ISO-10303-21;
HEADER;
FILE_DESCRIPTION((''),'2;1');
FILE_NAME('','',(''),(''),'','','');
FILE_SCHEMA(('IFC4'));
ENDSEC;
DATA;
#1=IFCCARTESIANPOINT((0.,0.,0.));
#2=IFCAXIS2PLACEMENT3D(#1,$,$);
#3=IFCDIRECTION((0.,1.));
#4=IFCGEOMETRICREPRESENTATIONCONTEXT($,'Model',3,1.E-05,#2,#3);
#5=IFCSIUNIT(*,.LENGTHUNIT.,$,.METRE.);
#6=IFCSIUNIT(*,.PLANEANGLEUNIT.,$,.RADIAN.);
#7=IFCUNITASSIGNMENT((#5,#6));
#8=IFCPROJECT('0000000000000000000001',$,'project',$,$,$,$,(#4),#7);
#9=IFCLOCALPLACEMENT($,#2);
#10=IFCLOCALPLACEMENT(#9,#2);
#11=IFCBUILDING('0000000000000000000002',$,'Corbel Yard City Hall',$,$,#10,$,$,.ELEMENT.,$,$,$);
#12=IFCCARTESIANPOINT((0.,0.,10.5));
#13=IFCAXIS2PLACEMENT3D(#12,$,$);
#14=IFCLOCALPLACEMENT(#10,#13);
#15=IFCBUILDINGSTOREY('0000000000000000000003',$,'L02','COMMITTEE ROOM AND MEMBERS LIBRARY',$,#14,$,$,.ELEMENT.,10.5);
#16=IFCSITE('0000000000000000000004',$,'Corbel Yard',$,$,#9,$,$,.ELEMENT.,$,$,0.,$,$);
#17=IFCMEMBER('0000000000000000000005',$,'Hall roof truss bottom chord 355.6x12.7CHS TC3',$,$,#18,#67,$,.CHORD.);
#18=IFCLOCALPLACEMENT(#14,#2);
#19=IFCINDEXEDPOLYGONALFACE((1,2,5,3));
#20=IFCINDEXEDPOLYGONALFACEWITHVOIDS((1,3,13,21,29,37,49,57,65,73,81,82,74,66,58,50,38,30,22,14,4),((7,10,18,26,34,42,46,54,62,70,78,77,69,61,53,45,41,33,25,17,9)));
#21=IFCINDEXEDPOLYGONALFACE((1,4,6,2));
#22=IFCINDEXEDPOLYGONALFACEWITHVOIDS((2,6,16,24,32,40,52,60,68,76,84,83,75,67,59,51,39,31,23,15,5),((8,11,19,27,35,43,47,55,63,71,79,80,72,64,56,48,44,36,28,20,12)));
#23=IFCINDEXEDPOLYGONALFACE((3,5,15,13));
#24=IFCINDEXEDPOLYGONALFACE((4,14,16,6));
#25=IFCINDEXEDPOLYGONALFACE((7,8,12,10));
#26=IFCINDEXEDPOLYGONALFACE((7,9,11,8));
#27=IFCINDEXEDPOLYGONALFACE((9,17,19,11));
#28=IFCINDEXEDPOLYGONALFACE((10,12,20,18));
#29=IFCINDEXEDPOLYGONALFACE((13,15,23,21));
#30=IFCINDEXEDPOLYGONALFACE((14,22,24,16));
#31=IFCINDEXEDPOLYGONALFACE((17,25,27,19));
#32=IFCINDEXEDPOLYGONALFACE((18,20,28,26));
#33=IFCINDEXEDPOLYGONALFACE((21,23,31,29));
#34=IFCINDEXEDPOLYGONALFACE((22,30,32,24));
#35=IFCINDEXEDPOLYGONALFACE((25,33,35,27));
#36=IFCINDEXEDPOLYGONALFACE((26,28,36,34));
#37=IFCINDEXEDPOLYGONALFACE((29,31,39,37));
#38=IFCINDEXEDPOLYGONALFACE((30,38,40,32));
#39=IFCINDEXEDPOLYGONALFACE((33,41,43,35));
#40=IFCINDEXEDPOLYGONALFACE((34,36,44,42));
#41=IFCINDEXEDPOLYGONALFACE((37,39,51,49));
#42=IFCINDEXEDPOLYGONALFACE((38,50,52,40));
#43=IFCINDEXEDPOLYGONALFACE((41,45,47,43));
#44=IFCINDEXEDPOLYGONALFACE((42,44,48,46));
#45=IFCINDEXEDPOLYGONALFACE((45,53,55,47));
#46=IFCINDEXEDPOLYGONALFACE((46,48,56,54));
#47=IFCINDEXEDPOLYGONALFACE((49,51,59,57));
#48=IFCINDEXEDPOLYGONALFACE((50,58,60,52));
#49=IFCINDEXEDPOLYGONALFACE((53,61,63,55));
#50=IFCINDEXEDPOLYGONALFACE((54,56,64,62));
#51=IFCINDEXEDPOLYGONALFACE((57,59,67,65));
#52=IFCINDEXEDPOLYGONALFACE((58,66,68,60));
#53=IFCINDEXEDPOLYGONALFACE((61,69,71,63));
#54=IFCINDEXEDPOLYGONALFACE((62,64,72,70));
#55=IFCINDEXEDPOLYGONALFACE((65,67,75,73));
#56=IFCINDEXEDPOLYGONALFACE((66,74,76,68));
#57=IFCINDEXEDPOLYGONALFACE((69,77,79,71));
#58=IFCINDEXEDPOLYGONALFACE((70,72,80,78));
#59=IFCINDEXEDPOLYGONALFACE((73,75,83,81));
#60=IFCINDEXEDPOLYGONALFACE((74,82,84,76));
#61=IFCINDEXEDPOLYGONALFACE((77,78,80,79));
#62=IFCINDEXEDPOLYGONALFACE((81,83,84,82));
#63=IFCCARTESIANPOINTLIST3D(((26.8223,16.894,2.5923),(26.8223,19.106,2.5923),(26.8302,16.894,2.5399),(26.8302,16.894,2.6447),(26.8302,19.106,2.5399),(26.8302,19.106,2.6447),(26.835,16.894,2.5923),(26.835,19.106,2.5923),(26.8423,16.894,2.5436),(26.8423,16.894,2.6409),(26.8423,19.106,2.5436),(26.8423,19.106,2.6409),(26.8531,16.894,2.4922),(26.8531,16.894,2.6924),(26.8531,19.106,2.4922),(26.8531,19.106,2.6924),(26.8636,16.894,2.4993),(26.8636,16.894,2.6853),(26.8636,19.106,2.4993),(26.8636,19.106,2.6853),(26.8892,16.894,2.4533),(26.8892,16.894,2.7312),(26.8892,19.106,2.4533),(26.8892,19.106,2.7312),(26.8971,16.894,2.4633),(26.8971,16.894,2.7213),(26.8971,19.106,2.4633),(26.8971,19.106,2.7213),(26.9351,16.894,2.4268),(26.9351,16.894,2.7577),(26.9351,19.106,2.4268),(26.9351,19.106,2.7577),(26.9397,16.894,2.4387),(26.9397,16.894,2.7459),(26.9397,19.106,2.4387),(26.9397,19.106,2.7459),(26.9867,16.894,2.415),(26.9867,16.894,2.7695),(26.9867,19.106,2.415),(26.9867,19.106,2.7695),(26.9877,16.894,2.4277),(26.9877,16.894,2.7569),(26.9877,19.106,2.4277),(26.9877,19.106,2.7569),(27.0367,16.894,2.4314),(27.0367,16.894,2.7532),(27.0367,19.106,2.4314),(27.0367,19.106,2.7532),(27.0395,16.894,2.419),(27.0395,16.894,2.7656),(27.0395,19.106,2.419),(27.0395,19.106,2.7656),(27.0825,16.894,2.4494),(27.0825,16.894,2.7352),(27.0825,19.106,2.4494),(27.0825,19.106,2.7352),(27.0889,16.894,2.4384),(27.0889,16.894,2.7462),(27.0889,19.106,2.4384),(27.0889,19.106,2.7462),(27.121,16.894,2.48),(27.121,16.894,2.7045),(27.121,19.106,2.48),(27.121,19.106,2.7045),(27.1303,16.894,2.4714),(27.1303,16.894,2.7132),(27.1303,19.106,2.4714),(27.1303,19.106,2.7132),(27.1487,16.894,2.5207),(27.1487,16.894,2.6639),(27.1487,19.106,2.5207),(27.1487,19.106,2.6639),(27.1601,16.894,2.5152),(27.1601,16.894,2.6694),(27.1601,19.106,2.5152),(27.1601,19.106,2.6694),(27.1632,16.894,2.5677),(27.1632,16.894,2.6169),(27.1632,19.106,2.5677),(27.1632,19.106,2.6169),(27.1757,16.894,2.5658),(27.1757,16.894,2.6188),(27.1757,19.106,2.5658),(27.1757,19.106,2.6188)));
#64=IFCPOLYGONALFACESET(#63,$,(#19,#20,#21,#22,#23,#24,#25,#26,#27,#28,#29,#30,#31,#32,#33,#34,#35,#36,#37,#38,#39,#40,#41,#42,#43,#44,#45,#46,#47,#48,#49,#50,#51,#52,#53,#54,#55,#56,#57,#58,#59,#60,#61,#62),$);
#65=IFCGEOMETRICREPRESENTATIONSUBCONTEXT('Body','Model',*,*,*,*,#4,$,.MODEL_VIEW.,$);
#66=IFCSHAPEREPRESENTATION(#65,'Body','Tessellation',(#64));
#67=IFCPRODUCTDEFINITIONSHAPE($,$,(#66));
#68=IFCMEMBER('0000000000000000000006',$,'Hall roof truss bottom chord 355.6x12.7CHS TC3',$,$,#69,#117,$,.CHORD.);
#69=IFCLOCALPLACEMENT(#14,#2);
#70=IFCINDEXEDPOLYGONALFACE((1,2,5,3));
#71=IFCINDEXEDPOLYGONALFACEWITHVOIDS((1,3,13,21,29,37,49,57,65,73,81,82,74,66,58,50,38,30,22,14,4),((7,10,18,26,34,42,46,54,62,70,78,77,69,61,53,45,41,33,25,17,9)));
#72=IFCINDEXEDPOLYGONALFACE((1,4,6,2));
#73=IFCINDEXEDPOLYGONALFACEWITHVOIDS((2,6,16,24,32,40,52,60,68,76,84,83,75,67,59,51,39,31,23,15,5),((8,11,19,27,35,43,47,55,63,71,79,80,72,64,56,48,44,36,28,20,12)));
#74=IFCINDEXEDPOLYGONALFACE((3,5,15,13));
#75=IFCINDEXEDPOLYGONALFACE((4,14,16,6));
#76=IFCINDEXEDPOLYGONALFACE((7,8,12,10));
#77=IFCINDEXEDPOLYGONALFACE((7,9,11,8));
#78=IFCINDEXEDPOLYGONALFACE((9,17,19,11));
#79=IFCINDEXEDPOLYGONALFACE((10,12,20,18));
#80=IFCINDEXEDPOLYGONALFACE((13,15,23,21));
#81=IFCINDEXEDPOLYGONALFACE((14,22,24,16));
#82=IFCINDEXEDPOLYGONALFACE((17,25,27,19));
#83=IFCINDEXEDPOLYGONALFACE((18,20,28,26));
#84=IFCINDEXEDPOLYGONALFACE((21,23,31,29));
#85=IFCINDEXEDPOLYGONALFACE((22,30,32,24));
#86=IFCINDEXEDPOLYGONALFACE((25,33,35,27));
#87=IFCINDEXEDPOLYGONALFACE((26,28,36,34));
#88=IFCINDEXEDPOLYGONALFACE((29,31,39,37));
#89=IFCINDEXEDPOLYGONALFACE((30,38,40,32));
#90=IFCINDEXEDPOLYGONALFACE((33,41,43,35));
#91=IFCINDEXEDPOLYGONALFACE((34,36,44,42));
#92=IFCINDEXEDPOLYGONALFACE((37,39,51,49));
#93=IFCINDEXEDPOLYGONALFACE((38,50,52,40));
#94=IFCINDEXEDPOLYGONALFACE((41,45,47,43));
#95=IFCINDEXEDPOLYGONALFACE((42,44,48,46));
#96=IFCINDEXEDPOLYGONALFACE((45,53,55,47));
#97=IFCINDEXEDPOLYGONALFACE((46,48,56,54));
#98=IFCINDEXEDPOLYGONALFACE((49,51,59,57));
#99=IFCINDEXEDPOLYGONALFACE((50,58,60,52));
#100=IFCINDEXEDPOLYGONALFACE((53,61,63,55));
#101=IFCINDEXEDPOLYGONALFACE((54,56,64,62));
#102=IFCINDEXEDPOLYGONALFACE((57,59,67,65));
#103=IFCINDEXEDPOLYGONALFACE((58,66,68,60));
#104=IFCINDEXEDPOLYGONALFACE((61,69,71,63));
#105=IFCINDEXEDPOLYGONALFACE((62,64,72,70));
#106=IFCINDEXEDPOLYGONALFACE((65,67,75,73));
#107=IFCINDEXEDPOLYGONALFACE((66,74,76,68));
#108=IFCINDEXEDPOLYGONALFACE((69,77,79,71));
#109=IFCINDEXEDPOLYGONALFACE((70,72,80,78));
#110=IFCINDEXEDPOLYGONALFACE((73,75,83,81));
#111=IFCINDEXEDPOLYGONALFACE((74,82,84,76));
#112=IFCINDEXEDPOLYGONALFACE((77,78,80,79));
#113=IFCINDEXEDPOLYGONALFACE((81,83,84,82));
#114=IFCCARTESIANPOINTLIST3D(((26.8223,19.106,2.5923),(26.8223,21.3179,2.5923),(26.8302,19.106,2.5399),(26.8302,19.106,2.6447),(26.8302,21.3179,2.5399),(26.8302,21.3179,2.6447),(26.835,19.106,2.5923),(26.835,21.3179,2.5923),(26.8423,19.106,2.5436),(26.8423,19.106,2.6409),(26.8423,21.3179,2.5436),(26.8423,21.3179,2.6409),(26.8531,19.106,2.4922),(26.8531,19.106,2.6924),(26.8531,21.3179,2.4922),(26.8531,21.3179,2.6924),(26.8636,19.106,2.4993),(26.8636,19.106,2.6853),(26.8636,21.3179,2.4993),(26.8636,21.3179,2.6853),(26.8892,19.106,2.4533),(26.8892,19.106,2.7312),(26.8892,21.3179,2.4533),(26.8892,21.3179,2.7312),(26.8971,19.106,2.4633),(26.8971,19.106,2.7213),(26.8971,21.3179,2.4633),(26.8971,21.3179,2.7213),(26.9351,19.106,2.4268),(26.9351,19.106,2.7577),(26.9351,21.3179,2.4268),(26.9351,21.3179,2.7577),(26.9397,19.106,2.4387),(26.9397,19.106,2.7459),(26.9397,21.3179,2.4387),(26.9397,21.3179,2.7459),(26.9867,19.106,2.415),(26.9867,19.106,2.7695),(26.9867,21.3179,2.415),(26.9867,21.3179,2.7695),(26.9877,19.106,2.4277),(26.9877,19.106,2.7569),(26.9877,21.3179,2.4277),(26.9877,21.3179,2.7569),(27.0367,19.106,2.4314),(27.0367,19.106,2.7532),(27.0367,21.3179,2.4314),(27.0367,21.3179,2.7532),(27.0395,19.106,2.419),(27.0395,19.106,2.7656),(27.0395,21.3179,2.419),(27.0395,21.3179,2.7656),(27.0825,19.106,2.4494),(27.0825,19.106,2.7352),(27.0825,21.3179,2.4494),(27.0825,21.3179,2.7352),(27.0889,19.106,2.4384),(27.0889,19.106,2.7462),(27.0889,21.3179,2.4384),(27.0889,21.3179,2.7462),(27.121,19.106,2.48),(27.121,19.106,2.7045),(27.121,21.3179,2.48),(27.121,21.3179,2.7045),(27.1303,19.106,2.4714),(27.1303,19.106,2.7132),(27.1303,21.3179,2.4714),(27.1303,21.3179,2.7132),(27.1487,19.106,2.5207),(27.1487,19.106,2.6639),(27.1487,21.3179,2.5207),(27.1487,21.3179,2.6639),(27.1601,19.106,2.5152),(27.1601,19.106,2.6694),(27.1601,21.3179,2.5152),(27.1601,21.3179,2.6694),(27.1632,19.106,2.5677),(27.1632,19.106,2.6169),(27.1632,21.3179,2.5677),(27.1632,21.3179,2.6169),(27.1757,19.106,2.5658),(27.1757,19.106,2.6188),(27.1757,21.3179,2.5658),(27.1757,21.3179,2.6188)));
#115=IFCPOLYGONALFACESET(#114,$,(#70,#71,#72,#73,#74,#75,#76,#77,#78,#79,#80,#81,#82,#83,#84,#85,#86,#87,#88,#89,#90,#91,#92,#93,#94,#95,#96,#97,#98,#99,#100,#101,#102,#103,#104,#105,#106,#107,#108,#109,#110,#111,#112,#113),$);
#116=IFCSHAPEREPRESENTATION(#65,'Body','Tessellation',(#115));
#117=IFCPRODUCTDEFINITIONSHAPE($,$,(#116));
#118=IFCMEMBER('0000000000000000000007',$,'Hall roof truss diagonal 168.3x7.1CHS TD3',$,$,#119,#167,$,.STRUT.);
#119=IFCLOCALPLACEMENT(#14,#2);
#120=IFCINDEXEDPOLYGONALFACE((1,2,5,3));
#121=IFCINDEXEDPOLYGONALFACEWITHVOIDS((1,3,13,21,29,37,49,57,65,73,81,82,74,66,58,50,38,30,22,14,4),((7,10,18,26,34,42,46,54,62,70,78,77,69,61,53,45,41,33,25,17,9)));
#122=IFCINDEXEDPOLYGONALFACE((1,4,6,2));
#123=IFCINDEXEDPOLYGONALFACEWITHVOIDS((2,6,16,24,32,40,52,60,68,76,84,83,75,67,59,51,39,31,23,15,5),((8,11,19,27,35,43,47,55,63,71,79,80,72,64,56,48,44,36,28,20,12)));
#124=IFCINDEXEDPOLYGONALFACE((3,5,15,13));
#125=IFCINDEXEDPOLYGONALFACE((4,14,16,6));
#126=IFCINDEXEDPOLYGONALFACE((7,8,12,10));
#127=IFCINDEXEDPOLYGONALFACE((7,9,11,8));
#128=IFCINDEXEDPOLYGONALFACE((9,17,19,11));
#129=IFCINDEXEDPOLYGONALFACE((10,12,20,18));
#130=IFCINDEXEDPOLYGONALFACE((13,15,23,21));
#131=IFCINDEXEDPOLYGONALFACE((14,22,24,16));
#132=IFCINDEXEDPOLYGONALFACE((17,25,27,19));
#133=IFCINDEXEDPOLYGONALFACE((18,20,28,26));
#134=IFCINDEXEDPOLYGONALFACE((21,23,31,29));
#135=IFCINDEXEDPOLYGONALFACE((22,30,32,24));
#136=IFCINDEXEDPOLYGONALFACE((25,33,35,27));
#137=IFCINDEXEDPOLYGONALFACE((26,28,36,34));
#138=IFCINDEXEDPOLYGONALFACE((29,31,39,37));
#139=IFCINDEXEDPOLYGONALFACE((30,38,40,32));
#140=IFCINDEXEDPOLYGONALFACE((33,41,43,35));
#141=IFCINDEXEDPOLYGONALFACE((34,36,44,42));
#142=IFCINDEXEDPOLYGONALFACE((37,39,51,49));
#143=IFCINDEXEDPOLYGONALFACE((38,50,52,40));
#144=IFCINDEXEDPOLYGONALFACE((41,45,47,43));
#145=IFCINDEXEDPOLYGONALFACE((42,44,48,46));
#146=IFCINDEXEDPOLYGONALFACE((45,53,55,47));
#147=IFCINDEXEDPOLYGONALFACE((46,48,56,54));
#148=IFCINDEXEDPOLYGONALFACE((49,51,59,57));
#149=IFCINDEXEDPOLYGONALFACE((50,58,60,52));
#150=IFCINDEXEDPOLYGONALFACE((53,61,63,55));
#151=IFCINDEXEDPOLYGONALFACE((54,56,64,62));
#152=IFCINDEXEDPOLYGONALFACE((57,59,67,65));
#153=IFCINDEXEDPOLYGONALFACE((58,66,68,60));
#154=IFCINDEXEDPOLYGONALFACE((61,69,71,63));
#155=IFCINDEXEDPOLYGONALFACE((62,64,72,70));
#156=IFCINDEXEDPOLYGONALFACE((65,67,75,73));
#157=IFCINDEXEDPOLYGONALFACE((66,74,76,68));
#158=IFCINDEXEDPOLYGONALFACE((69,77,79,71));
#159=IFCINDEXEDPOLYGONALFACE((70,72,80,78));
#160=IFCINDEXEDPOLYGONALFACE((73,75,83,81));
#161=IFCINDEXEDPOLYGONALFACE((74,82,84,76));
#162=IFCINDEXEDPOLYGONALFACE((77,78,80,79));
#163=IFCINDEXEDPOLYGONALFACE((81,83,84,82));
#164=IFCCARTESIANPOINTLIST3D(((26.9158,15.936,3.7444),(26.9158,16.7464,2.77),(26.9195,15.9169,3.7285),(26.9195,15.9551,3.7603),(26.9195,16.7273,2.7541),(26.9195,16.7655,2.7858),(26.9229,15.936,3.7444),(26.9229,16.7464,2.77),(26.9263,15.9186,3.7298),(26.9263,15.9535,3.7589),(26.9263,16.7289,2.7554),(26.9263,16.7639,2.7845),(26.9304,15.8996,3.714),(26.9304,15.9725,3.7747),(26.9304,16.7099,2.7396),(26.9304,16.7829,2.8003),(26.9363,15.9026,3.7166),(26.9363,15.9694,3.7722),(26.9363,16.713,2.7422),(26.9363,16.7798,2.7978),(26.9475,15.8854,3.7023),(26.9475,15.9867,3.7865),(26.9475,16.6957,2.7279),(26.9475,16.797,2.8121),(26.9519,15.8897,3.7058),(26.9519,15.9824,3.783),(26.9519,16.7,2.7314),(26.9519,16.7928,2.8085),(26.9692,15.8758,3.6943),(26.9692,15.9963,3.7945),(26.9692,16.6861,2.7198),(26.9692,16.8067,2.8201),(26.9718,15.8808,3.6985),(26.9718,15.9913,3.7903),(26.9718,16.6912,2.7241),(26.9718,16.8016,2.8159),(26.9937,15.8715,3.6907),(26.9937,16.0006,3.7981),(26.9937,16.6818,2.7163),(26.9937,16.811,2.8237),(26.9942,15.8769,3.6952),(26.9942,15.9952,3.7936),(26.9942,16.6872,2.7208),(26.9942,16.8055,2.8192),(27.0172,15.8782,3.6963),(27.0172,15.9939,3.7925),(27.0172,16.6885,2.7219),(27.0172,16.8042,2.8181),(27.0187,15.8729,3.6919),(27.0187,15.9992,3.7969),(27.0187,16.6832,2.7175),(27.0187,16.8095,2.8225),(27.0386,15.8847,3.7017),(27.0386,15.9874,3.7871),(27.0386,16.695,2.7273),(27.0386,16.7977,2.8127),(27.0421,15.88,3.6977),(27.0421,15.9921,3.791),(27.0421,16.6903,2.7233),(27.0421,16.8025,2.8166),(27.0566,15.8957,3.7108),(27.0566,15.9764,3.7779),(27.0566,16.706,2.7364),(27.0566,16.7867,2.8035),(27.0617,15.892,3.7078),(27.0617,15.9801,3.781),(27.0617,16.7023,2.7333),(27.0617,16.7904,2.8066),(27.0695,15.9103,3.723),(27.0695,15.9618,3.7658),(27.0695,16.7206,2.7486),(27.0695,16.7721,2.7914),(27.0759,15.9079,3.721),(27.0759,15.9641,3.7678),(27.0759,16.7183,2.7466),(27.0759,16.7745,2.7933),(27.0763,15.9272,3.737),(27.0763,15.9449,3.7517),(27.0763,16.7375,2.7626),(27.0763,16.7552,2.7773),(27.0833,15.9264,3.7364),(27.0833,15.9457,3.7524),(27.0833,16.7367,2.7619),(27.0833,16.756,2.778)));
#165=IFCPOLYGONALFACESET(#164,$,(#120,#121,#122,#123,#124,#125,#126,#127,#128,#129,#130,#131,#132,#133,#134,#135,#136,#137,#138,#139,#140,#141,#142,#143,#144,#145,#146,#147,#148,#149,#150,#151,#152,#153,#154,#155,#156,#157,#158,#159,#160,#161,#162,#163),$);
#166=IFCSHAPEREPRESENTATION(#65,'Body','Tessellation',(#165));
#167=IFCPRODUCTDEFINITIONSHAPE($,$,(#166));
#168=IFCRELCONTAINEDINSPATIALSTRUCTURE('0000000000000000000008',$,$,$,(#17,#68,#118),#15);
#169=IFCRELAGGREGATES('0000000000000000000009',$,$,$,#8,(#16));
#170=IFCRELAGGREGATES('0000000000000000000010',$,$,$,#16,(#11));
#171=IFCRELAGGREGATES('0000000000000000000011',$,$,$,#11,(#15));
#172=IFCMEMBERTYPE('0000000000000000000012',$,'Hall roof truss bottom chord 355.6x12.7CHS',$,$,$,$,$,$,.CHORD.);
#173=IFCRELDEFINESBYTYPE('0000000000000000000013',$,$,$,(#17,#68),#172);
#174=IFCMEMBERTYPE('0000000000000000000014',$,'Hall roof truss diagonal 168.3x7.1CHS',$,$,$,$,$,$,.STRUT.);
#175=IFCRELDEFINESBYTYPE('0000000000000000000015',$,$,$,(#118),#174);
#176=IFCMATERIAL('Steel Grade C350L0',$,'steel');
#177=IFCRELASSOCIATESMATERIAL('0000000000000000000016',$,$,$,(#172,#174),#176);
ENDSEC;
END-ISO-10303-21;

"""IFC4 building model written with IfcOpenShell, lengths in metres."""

from ifc_helpers import new_model, si_unit, direction, frame, origin, origin_2d, place, context, subcontext, project, spatial, hollow_circle, extrude, material, material_profile, profile_set, type_object, element, save


model = new_model("IFC4")

# Units and contexts
model_context = context("Model", 3, precision=1e-05, world=origin(), true_north=direction((0.0, 1.0)))
body_context = subcontext(model_context, "Body", "Model", "MODEL_VIEW")
ifc_project = project(units=[si_unit("LENGTHUNIT", "METRE"), si_unit("PLANEANGLEUNIT", "RADIAN")], contexts=[model_context])

# Site, building, storey
site_placement = place(None, origin())
site = spatial("IfcSite", under=ifc_project, at=site_placement, Name="Corbel Yard", CompositionType="ELEMENT", RefElevation=0.0)
building_placement = place(site_placement, origin())
building = spatial("IfcBuilding", under=site, at=building_placement, Name="Corbel Yard City Hall", CompositionType="ELEMENT")
storey_placement = place(building_placement, frame((0.0, 0.0, 10.5)))
storey = spatial("IfcBuildingStorey", under=building, at=storey_placement, Name="L02", Description="COMMITTEE ROOM AND MEMBERS LIBRARY", CompositionType="ELEMENT", Elevation=10.5)

# Members
ifc_material_1 = material(Name="Steel Grade C350L0", Category="steel")
ifc_material_profile_1 = material_profile(ifc_material_1, hollow_circle(Radius=0.1777, WallThickness=0.0127, at=origin_2d()), Name="355.6x12.7CHS")
ifc_profile_set_1 = profile_set([ifc_material_profile_1], Name="Steel Grade C350L0")
member_type_1 = type_object("IfcMemberType", Name="Hall roof truss bottom chord 355.6x12.7CHS", PredefinedType="CHORD", material=ifc_profile_set_1)
for number, where, z_axis, x_axis, name in (
    (1, (27.0, 16.894, 2.5923), (0.0, 1.0, 0.0), (-1.0, 0.0, 0.0), "Hall roof truss bottom chord 355.6x12.7CHS TC3"),
    (2, (27.0, 19.106, 2.5923), (0.0, 1.0, 0.0), (-1.0, 0.0, 0.0), "Hall roof truss bottom chord 355.6x12.7CHS TC3"),
):
    element("IfcMember", number, at=place(storey_placement, frame(where, z_axis=z_axis, x_axis=x_axis)), inside=storey, type_object=member_type_1, Name=name, PredefinedType="CHORD", context=body_context, shape_type="SweptSolid", body=[
        extrude(hollow_circle(Radius=0.1777, WallThickness=0.0127, at=origin_2d()), origin(), (0.0, 0.0, 1.0), 2.2119),
    ])
ifc_material_profile_2 = material_profile(ifc_material_1, hollow_circle(Radius=0.0842, WallThickness=0.0071, at=origin_2d()), Name="168.3x7.1CHS")
ifc_profile_set_2 = profile_set([ifc_material_profile_2], Name="Steel Grade C350L0")
member_type_2 = type_object("IfcMemberType", Name="Hall roof truss diagonal 168.3x7.1CHS", PredefinedType="STRUT", material=ifc_profile_set_2)
member_1_placement = place(storey_placement, frame((27.0, 15.936, 3.7444), z_axis=(0.0, 0.639407, -0.768868), x_axis=(-1.0, 0.0, 0.0)))
element("IfcMember", 3, at=member_1_placement, inside=storey, type_object=member_type_2, Name="Hall roof truss diagonal 168.3x7.1CHS TD3", PredefinedType="STRUT", context=body_context, shape_type="SweptSolid", body=[
    extrude(hollow_circle(Radius=0.0842, WallThickness=0.0071, at=origin_2d()), origin(), (0.0, 0.0, 1.0), 1.2673),
])

save(model, "model.ifc")
